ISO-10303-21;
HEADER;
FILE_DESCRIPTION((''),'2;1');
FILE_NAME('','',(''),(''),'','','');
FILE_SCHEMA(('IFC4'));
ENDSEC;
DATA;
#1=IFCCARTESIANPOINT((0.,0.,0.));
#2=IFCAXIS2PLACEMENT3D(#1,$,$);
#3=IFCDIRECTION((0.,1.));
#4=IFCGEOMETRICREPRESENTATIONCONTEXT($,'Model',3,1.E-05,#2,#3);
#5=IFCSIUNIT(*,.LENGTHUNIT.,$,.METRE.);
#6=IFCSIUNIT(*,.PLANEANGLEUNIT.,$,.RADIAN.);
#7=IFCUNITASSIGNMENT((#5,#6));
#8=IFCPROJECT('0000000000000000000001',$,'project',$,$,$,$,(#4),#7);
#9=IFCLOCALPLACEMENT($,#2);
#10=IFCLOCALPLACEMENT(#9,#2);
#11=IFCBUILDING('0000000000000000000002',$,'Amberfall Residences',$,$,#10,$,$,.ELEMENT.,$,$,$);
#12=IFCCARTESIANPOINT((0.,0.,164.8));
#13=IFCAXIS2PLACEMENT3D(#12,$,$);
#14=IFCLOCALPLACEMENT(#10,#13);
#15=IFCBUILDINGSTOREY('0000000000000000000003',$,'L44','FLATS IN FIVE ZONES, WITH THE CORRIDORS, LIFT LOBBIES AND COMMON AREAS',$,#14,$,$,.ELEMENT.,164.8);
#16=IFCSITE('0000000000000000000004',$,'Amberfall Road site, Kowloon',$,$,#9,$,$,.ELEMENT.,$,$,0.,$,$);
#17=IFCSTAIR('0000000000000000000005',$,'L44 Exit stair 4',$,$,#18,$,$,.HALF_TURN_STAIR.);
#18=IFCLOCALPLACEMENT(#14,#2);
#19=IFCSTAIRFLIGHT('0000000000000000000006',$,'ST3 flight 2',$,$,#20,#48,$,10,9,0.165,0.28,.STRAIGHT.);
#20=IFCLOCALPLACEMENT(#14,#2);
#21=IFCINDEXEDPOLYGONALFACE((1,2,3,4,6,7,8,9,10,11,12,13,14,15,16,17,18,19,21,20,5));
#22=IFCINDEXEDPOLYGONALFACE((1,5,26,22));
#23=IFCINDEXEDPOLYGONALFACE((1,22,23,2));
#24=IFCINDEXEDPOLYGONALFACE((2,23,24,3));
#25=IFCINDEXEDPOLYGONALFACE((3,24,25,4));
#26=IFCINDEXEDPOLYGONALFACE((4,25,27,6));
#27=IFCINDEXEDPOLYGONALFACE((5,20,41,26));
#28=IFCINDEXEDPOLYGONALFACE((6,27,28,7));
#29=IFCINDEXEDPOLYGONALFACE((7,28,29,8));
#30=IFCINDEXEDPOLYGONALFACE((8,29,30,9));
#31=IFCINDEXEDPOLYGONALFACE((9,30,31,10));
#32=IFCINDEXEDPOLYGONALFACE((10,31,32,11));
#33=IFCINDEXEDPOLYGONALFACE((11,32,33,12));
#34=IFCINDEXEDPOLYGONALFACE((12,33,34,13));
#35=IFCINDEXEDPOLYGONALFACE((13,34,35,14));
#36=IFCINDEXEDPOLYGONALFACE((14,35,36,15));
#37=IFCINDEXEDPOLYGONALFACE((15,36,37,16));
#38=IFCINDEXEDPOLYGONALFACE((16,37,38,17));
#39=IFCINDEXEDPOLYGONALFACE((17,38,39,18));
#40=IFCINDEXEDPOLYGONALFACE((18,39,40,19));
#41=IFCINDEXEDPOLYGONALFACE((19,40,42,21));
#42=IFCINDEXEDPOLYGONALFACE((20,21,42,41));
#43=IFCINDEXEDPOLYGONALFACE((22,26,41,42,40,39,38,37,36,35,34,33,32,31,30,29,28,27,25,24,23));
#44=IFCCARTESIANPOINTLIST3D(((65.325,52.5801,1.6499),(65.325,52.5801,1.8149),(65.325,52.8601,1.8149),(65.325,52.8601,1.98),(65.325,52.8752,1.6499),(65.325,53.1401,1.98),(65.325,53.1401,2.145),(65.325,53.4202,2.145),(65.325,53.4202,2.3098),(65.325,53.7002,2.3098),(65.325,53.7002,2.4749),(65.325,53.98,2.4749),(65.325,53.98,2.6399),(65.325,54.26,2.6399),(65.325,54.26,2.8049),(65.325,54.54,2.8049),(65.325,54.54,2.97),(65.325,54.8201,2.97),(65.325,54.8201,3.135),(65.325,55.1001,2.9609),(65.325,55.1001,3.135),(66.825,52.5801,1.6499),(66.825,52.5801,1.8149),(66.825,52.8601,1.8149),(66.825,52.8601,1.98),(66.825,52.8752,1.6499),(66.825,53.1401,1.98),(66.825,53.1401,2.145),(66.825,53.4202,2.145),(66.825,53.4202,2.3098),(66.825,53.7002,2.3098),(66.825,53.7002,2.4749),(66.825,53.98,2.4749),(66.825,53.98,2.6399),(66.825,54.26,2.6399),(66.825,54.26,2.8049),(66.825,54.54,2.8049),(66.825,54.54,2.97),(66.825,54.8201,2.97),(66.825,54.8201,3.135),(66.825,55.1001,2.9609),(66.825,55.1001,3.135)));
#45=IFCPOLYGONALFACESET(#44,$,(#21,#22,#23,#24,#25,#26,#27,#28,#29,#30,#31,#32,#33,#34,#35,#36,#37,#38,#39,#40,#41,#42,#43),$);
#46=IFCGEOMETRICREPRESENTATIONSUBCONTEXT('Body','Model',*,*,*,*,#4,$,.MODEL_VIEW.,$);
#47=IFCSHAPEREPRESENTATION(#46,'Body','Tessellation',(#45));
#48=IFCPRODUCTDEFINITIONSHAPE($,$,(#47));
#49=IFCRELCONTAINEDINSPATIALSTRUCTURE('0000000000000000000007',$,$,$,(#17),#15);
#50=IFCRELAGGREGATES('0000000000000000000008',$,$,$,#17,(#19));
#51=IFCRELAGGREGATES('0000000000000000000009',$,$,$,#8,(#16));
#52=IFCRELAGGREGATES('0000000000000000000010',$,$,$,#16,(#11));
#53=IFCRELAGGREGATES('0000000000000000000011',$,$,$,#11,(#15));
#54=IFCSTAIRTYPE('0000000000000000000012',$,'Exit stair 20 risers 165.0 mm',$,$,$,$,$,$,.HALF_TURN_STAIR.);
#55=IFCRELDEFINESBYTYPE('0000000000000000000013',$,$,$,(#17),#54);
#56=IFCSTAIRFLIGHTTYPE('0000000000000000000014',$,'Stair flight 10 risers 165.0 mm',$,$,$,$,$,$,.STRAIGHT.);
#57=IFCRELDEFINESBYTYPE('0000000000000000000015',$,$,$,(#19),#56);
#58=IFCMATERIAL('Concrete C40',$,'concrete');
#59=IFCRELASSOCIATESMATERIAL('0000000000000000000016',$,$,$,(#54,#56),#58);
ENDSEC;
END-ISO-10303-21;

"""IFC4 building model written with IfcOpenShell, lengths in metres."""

from ifc_helpers import new_model, si_unit, direction, frame, origin, place, context, subcontext, project, spatial, polyline, outline, extrude, material, type_object, element, aggregate, save


model = new_model("IFC4")

# Units and contexts
model_context = context("Model", 3, precision=1e-05, world=origin(), true_north=direction((0.0, 1.0)))
body_context = subcontext(model_context, "Body", "Model", "MODEL_VIEW")
ifc_project = project(units=[si_unit("LENGTHUNIT", "METRE"), si_unit("PLANEANGLEUNIT", "RADIAN")], contexts=[model_context])

# Site, building, storey
site_placement = place(None, origin())
site = spatial("IfcSite", under=ifc_project, at=site_placement, Name="Amberfall Road site, Kowloon", CompositionType="ELEMENT", RefElevation=0.0)
building_placement = place(site_placement, origin())
building = spatial("IfcBuilding", under=site, at=building_placement, Name="Amberfall Residences", CompositionType="ELEMENT")
storey_placement = place(building_placement, frame((0.0, 0.0, 164.8)))
storey = spatial("IfcBuildingStorey", under=building, at=storey_placement, Name="L44", Description="FLATS IN FIVE ZONES, WITH THE CORRIDORS, LIFT LOBBIES AND COMMON AREAS", CompositionType="ELEMENT", Elevation=164.8)

# Stair, stair flight
ifc_material_1 = material(Name="Concrete C40", Category="concrete")
stair_type = type_object("IfcStairType", Name="Exit stair 20 risers 165.0 mm", PredefinedType="HALF_TURN_STAIR", material=ifc_material_1)
stair_placement = place(storey_placement, origin())
stair = element("IfcStair", 1, at=stair_placement, inside=storey, type_object=stair_type, Name="L44 Exit stair 4", PredefinedType="HALF_TURN_STAIR")
stair_flight_type = type_object("IfcStairFlightType", Name="Stair flight 10 risers 165.0 mm", PredefinedType="STRAIGHT", material=ifc_material_1)
stair_flight_1_placement = place(storey_placement, frame((66.075, 52.5801, 1.6499), z_axis=(0.0, 0.0, 1.0), x_axis=(0.0, 1.0, 0.0)))
stair_flight_1 = element("IfcStairFlight", 2, at=stair_flight_1_placement, type_object=stair_flight_type, Name="ST3 flight 2", NumberOfRisers=10, NumberOfTreads=9, PredefinedType="STRAIGHT", RiserHeight=0.165, TreadLength=0.28, context=body_context, shape_type="SweptSolid", body=[
    extrude(outline(polyline([(0.0, 0.0), (0.0, 0.165), (0.28, 0.165), (0.28, 0.3301), (0.5601, 0.3301), (0.5601, 0.4951), (0.8401, 0.4951), (0.8401, 0.6599), (1.1201, 0.6599), (1.1201, 0.825), (1.3999, 0.825), (1.3999, 0.99), (1.6799, 0.99), (1.6799, 1.155), (1.96, 1.155), (1.96, 1.3201), (2.24, 1.3201), (2.24, 1.4851), (2.52, 1.4851), (2.52, 1.6499), (2.52, 1.311), (0.2952, 0.0), (0.0, 0.0)])), frame((0.0, 0.75, 0.0), z_axis=(0.0, -1.0, 0.0), x_axis=(1.0, 0.0, 0.0)), (0.0, 0.0, 1.0), 1.5),
])
aggregate(stair, [stair_flight_1])

save(model, "model.ifc")
